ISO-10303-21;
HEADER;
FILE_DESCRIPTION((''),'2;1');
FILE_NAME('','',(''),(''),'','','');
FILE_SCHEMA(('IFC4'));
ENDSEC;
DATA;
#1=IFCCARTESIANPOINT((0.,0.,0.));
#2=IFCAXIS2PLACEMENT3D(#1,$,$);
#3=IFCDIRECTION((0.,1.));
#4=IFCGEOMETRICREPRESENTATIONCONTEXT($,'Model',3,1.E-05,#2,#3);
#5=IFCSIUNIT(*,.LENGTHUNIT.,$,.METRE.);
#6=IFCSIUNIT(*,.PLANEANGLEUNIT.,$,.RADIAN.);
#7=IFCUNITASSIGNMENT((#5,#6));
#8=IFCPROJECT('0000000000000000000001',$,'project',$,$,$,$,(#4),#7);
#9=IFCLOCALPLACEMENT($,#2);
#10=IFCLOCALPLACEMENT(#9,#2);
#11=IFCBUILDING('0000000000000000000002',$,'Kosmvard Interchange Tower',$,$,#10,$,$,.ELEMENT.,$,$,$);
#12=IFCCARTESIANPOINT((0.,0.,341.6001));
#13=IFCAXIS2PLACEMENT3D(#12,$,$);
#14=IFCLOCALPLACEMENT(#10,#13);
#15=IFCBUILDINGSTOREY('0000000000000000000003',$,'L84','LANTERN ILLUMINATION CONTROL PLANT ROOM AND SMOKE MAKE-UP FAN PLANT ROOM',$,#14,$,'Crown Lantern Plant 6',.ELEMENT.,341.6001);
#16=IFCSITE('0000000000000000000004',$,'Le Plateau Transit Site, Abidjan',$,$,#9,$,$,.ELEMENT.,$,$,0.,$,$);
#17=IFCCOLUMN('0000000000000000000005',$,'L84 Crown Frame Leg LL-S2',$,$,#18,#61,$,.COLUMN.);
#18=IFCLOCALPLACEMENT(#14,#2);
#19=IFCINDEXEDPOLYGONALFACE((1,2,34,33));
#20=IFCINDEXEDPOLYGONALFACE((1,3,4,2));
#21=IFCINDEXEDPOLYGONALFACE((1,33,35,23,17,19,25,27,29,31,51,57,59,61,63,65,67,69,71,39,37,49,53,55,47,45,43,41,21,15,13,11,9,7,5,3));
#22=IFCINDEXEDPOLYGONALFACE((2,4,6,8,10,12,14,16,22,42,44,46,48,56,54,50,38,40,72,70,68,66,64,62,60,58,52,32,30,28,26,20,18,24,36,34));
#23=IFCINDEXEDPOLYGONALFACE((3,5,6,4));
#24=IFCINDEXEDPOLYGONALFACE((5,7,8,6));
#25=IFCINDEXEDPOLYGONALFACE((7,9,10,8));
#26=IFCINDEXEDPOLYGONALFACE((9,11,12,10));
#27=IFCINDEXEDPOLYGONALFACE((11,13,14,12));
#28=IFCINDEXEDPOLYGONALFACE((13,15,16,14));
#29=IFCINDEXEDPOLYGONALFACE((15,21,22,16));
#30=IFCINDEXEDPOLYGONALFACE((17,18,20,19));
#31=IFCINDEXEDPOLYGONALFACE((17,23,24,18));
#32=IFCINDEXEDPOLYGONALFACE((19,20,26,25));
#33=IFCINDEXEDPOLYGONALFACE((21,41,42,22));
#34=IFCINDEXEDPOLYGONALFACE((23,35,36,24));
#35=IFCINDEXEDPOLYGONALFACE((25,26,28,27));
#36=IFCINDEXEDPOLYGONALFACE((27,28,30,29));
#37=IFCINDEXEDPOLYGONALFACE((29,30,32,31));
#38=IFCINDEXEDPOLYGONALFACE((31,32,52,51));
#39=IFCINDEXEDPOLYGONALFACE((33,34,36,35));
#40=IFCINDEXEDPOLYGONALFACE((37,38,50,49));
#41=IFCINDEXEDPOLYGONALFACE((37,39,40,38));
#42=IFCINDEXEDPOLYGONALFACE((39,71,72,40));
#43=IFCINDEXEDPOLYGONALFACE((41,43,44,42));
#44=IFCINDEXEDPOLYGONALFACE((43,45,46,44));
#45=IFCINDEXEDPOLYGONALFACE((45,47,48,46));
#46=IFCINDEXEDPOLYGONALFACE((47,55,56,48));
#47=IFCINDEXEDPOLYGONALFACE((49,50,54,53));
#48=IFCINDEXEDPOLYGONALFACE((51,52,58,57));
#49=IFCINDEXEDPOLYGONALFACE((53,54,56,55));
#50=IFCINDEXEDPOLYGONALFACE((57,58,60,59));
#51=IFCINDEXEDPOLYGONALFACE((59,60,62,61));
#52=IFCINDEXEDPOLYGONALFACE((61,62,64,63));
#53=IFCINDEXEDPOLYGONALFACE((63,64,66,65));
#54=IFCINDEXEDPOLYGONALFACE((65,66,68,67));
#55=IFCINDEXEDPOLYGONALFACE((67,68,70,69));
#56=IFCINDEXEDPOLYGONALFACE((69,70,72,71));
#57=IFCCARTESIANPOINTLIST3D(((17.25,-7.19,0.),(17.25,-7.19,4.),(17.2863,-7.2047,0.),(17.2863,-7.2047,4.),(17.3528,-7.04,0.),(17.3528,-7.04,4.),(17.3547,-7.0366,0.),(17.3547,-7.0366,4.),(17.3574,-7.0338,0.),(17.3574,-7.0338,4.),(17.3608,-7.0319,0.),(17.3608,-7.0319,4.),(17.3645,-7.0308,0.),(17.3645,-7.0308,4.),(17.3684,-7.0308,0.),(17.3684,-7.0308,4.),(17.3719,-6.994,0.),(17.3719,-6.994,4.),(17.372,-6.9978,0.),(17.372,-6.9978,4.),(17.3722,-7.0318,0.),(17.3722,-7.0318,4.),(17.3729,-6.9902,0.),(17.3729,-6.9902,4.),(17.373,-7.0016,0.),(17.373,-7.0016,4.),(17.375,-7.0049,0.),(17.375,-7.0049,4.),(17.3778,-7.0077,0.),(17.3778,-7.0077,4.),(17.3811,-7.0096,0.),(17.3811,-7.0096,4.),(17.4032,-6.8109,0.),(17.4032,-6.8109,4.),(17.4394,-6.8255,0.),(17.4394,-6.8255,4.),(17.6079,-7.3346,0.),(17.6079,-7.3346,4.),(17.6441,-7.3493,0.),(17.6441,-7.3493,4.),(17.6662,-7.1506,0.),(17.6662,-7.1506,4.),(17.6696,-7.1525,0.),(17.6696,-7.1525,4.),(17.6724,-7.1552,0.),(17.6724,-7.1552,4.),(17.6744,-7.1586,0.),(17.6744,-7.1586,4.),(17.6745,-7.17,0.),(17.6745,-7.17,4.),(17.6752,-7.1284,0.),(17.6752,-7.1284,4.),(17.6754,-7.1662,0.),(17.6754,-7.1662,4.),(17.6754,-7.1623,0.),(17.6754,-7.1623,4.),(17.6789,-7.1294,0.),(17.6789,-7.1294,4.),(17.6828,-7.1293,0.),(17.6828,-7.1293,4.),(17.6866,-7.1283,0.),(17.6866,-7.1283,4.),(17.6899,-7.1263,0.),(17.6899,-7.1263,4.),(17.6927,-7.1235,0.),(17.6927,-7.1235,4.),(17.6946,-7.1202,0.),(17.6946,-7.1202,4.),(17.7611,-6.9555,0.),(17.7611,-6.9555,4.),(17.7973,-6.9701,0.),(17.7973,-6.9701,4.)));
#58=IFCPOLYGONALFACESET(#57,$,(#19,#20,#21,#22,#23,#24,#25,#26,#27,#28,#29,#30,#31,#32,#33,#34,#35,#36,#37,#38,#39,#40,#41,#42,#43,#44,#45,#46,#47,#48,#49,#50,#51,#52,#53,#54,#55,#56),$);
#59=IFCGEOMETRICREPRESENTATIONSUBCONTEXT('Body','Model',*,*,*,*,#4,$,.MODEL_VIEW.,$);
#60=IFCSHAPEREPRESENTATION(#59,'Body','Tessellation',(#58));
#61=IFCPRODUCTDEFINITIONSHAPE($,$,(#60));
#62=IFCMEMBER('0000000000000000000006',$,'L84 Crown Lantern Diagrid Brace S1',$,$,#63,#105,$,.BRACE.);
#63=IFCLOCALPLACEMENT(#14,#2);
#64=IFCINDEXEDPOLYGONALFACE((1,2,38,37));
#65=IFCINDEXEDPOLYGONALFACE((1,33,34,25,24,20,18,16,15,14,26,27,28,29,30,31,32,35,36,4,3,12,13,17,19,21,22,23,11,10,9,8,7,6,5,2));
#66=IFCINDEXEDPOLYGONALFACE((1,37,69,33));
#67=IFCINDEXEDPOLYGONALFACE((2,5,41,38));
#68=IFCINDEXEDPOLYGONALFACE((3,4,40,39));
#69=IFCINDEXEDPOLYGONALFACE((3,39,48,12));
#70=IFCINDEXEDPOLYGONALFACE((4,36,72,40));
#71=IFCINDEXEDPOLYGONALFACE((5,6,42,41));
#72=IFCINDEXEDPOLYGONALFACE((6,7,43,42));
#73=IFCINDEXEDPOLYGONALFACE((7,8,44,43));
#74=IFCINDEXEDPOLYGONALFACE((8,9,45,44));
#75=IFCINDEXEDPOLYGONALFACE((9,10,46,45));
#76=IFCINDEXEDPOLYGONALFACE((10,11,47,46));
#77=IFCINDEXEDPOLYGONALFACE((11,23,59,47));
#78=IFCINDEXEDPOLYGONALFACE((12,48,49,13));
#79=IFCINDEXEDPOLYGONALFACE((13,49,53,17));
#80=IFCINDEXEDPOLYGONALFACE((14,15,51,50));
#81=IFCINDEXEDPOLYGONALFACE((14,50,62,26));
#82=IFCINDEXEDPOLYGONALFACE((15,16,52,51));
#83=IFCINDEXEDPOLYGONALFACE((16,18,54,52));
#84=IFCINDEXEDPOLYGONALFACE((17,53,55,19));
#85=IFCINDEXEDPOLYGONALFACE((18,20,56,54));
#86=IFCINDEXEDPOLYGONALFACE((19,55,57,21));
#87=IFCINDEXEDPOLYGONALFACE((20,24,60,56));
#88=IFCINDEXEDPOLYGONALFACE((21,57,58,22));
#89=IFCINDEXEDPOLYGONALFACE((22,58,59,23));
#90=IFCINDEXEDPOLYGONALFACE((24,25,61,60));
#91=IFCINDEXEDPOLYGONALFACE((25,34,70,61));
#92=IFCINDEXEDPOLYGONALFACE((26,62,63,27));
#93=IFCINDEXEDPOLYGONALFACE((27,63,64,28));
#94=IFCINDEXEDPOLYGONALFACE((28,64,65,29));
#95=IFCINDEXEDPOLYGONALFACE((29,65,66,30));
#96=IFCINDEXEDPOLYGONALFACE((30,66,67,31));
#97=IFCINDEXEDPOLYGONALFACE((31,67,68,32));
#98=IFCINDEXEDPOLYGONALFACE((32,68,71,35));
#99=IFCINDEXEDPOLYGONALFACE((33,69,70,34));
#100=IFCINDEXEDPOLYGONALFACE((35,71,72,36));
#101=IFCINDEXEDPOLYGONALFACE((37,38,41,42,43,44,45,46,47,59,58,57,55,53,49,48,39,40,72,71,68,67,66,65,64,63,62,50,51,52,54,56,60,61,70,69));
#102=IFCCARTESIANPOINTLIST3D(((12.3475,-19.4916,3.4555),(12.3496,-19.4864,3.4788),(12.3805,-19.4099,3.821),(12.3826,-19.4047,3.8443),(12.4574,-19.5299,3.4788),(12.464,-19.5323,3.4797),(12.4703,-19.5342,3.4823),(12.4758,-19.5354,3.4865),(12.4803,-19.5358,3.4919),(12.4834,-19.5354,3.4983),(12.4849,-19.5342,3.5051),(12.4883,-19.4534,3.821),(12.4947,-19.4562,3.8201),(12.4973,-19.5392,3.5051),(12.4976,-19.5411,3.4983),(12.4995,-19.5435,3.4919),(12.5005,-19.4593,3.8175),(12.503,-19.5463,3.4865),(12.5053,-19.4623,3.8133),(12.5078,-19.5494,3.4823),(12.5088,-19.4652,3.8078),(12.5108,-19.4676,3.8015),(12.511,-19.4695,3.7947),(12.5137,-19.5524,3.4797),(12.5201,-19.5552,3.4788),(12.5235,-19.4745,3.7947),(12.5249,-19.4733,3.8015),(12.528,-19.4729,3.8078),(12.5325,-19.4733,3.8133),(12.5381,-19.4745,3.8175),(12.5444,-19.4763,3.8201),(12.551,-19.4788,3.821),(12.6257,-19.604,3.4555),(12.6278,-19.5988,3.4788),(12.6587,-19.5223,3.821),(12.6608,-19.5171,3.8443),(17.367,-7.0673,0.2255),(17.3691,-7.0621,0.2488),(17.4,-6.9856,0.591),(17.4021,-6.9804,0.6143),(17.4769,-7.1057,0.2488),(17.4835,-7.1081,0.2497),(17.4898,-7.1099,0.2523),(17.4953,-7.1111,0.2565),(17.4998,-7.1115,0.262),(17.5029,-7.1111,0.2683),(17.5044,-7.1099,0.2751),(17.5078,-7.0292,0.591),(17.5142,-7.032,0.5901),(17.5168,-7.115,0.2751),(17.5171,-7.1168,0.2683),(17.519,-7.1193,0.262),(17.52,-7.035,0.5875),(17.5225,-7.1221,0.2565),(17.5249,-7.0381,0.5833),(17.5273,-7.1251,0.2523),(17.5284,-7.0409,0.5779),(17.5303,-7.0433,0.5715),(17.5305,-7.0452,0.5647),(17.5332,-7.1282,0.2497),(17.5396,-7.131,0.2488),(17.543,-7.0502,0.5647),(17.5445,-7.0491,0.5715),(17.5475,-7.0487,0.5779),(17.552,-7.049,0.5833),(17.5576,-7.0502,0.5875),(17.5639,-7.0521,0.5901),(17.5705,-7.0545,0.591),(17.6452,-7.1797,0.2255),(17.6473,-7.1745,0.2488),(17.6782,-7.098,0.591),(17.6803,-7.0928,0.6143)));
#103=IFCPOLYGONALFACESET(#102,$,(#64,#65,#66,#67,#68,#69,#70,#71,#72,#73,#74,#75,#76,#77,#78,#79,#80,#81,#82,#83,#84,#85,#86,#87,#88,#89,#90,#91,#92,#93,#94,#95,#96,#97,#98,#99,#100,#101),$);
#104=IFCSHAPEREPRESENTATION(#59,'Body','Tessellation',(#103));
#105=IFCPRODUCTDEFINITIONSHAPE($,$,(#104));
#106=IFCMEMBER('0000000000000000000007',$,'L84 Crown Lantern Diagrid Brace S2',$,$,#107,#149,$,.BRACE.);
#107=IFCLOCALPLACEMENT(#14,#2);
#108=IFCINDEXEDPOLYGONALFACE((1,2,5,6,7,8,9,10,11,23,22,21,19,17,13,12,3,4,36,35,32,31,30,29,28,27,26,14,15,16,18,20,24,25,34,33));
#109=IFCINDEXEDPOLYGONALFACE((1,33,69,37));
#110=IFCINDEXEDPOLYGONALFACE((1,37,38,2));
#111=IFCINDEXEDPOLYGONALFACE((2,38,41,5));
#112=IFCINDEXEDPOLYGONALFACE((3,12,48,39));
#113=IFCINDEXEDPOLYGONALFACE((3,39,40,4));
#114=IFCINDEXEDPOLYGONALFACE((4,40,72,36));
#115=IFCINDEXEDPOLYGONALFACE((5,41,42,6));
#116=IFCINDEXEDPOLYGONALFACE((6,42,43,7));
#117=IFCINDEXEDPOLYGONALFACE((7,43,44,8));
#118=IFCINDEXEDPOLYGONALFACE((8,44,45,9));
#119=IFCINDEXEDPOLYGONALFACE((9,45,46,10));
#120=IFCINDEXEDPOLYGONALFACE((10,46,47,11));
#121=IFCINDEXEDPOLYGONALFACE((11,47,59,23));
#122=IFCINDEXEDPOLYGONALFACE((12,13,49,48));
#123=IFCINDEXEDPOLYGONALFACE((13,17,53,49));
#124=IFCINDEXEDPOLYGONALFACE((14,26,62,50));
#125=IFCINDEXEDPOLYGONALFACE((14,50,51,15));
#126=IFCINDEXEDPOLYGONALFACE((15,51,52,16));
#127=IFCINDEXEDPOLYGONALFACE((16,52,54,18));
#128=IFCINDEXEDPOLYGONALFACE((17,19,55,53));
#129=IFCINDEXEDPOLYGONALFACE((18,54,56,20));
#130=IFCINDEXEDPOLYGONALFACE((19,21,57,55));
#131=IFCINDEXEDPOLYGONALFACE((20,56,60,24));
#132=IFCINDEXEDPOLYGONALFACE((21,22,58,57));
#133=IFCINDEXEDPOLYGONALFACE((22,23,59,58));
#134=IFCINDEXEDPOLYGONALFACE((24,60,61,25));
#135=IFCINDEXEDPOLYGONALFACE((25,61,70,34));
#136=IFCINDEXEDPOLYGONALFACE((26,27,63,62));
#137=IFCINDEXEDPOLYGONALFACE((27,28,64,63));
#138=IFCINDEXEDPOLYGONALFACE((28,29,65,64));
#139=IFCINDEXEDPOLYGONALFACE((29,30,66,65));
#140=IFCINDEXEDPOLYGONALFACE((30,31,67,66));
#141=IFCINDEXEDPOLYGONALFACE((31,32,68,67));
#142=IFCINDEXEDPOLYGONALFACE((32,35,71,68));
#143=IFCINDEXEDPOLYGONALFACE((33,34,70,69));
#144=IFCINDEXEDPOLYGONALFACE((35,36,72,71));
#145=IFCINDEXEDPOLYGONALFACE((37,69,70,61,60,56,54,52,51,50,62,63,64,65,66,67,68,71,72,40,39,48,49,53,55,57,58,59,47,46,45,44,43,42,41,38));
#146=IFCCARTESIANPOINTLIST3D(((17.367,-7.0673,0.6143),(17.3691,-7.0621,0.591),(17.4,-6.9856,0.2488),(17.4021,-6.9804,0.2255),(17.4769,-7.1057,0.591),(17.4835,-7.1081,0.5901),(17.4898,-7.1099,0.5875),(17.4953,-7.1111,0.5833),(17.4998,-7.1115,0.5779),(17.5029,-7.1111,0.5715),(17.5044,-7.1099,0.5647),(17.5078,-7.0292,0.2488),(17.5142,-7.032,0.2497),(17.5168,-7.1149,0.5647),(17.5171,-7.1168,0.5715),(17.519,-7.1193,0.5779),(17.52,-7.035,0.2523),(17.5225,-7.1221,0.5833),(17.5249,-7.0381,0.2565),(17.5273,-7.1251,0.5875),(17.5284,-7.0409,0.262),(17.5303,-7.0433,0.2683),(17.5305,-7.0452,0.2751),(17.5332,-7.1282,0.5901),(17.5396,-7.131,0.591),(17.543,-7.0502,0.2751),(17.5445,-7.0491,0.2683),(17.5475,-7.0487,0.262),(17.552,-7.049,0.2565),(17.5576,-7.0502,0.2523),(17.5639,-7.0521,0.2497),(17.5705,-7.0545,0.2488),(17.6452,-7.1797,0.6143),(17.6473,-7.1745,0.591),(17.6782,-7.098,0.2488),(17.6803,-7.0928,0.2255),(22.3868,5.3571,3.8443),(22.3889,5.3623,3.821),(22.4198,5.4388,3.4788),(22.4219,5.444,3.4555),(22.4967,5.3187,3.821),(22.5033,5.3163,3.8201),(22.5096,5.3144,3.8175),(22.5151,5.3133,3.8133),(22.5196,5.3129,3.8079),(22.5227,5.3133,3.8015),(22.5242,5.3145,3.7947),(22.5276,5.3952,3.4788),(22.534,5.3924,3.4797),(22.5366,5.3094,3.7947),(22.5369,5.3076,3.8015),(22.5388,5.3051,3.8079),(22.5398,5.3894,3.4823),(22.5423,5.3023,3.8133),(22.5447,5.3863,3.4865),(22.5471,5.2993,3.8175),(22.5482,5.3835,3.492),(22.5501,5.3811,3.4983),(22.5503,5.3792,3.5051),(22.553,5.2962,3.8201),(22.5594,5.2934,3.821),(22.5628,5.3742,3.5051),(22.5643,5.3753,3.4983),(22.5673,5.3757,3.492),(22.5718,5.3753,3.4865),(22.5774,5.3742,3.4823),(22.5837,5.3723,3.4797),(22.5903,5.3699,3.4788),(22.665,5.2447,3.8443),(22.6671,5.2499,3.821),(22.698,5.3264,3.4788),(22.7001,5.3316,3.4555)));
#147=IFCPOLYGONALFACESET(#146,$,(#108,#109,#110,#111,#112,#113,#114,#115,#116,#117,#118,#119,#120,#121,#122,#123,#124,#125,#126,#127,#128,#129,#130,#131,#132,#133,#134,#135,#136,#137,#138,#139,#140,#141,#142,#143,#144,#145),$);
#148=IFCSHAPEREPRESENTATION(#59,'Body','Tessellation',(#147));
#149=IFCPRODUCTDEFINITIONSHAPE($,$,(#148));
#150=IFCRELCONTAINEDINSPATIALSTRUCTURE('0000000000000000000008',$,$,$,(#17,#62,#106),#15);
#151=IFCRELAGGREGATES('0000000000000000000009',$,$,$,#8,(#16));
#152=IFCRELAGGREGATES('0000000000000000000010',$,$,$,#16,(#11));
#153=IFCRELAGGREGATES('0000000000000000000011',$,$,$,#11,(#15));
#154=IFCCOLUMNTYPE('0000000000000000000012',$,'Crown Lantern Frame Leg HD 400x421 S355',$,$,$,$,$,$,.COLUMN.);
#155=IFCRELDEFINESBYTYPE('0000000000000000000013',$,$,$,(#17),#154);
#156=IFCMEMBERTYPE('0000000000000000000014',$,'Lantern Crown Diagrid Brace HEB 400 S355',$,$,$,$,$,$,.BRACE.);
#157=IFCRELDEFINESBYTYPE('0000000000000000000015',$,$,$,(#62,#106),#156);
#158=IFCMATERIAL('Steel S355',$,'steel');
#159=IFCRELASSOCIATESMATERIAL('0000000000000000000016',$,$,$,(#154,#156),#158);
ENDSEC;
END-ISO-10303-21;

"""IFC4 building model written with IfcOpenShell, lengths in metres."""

from ifc_helpers import new_model, si_unit, direction, frame, origin, origin_2d, place, context, subcontext, project, spatial, i_section, extrude, source, transform, mapped, material, material_profile, profile_set, type_object, element, save


model = new_model("IFC4")

# Units and contexts
model_context = context("Model", 3, precision=1e-05, world=origin(), true_north=direction((0.0, 1.0)))
body_context = subcontext(model_context, "Body", "Model", "MODEL_VIEW")
ifc_project = project(units=[si_unit("LENGTHUNIT", "METRE"), si_unit("PLANEANGLEUNIT", "RADIAN")], contexts=[model_context])

# Site, building, storey
site_placement = place(None, origin())
site = spatial("IfcSite", under=ifc_project, at=site_placement, Name="Le Plateau Transit Site, Abidjan", CompositionType="ELEMENT", RefElevation=0.0)
building_placement = place(site_placement, origin())
building = spatial("IfcBuilding", under=site, at=building_placement, Name="Kosmvard Interchange Tower", CompositionType="ELEMENT")
storey_placement = place(building_placement, frame((0.0, 0.0, 341.6001)))
storey = spatial("IfcBuildingStorey", under=building, at=storey_placement, Name="L84", Description="LANTERN ILLUMINATION CONTROL PLANT ROOM AND SMOKE MAKE-UP FAN PLANT ROOM", LongName="Crown Lantern Plant 6", CompositionType="ELEMENT", Elevation=341.6001)

# Column
ifc_material_1 = material(Name="Steel S355", Category="steel")
ifc_material_profile_1 = material_profile(ifc_material_1, i_section(OverallWidth=0.4089, OverallDepth=0.425, WebThickness=0.0239, FlangeThickness=0.0391, FilletRadius=0.0149, at=origin_2d()), Name="HD 400x421")
ifc_profile_set_1 = profile_set([ifc_material_profile_1], Name="Steel S355")
column_type = type_object("IfcColumnType", Name="Crown Lantern Frame Leg HD 400x421 S355", PredefinedType="COLUMN", material=ifc_profile_set_1)
shared_shape_1 = source(origin(), body_context, "Body", "SweptSolid", [
    extrude(i_section(OverallWidth=0.4089, OverallDepth=0.425, WebThickness=0.0239, FlangeThickness=0.0391, FilletRadius=0.0149, at=origin_2d()), origin(), (0.0, 0.0, 1.0), 4.0),
])
column_placement = place(storey_placement, frame((17.5237, -7.0801, 0.0), z_axis=(0.0, 0.0, 1.0), x_axis=(0.374607, 0.927184, 0.0)))
element("IfcColumn", 1, at=column_placement, inside=storey, type_object=column_type, Name="L84 Crown Frame Leg LL-S2", PredefinedType="COLUMN", context=body_context, shape_type="MappedRepresentation", body=[
    mapped(shared_shape_1, transform((0.0, 0.0, 0.0), scale=1.0)),
])

# Members
ifc_material_profile_2 = material_profile(ifc_material_1, i_section(OverallWidth=0.3, OverallDepth=0.3999, WebThickness=0.0134, FlangeThickness=0.0239, FilletRadius=0.0271, at=origin_2d()), Name="HEB 400")
ifc_profile_set_2 = profile_set([ifc_material_profile_2], Name="Steel S355")
member_type_1 = type_object("IfcMemberType", Name="Lantern Crown Diagrid Brace HEB 400 S355", PredefinedType="BRACE", material=ifc_profile_set_2)
shared_shape_2 = source(origin(), body_context, "Body", "SweptSolid", [
    extrude(i_section(OverallWidth=0.3, OverallDepth=0.3999, WebThickness=0.0134, FlangeThickness=0.0239, FilletRadius=0.0271, at=origin_2d()), origin(), (0.0, 0.0, 1.0), 13.7837),
])
member_1_placement = place(storey_placement, frame((17.5237, -7.0801, 0.4199), z_axis=(-0.364163, -0.901373, 0.234332), x_axis=(0.92719, -0.374593, 0.0)))
element("IfcMember", 2, at=member_1_placement, inside=storey, type_object=member_type_1, Name="L84 Crown Lantern Diagrid Brace S1", PredefinedType="BRACE", context=body_context, shape_type="MappedRepresentation", body=[
    mapped(shared_shape_2, transform((0.0, 0.0, 0.0), scale=1.0)),
])
shared_shape_3 = source(origin(), body_context, "Body", "SweptSolid", [
    extrude(i_section(OverallWidth=0.3, OverallDepth=0.3999, WebThickness=0.0134, FlangeThickness=0.0239, FilletRadius=0.0271, at=origin_2d()), origin(), (0.0, 0.0, 1.0), 13.7839),
])
member_2_placement = place(storey_placement, frame((17.5237, -7.0801, 0.4199), z_axis=(0.364178, 0.901368, 0.234331), x_axis=(-0.927183, 0.374608, 0.0)))
element("IfcMember", 3, at=member_2_placement, inside=storey, type_object=member_type_1, Name="L84 Crown Lantern Diagrid Brace S2", PredefinedType="BRACE", context=body_context, shape_type="MappedRepresentation", body=[
    mapped(shared_shape_3, transform((0.0, 0.0, 0.0), scale=1.0)),
])

save(model, "model.ifc")
